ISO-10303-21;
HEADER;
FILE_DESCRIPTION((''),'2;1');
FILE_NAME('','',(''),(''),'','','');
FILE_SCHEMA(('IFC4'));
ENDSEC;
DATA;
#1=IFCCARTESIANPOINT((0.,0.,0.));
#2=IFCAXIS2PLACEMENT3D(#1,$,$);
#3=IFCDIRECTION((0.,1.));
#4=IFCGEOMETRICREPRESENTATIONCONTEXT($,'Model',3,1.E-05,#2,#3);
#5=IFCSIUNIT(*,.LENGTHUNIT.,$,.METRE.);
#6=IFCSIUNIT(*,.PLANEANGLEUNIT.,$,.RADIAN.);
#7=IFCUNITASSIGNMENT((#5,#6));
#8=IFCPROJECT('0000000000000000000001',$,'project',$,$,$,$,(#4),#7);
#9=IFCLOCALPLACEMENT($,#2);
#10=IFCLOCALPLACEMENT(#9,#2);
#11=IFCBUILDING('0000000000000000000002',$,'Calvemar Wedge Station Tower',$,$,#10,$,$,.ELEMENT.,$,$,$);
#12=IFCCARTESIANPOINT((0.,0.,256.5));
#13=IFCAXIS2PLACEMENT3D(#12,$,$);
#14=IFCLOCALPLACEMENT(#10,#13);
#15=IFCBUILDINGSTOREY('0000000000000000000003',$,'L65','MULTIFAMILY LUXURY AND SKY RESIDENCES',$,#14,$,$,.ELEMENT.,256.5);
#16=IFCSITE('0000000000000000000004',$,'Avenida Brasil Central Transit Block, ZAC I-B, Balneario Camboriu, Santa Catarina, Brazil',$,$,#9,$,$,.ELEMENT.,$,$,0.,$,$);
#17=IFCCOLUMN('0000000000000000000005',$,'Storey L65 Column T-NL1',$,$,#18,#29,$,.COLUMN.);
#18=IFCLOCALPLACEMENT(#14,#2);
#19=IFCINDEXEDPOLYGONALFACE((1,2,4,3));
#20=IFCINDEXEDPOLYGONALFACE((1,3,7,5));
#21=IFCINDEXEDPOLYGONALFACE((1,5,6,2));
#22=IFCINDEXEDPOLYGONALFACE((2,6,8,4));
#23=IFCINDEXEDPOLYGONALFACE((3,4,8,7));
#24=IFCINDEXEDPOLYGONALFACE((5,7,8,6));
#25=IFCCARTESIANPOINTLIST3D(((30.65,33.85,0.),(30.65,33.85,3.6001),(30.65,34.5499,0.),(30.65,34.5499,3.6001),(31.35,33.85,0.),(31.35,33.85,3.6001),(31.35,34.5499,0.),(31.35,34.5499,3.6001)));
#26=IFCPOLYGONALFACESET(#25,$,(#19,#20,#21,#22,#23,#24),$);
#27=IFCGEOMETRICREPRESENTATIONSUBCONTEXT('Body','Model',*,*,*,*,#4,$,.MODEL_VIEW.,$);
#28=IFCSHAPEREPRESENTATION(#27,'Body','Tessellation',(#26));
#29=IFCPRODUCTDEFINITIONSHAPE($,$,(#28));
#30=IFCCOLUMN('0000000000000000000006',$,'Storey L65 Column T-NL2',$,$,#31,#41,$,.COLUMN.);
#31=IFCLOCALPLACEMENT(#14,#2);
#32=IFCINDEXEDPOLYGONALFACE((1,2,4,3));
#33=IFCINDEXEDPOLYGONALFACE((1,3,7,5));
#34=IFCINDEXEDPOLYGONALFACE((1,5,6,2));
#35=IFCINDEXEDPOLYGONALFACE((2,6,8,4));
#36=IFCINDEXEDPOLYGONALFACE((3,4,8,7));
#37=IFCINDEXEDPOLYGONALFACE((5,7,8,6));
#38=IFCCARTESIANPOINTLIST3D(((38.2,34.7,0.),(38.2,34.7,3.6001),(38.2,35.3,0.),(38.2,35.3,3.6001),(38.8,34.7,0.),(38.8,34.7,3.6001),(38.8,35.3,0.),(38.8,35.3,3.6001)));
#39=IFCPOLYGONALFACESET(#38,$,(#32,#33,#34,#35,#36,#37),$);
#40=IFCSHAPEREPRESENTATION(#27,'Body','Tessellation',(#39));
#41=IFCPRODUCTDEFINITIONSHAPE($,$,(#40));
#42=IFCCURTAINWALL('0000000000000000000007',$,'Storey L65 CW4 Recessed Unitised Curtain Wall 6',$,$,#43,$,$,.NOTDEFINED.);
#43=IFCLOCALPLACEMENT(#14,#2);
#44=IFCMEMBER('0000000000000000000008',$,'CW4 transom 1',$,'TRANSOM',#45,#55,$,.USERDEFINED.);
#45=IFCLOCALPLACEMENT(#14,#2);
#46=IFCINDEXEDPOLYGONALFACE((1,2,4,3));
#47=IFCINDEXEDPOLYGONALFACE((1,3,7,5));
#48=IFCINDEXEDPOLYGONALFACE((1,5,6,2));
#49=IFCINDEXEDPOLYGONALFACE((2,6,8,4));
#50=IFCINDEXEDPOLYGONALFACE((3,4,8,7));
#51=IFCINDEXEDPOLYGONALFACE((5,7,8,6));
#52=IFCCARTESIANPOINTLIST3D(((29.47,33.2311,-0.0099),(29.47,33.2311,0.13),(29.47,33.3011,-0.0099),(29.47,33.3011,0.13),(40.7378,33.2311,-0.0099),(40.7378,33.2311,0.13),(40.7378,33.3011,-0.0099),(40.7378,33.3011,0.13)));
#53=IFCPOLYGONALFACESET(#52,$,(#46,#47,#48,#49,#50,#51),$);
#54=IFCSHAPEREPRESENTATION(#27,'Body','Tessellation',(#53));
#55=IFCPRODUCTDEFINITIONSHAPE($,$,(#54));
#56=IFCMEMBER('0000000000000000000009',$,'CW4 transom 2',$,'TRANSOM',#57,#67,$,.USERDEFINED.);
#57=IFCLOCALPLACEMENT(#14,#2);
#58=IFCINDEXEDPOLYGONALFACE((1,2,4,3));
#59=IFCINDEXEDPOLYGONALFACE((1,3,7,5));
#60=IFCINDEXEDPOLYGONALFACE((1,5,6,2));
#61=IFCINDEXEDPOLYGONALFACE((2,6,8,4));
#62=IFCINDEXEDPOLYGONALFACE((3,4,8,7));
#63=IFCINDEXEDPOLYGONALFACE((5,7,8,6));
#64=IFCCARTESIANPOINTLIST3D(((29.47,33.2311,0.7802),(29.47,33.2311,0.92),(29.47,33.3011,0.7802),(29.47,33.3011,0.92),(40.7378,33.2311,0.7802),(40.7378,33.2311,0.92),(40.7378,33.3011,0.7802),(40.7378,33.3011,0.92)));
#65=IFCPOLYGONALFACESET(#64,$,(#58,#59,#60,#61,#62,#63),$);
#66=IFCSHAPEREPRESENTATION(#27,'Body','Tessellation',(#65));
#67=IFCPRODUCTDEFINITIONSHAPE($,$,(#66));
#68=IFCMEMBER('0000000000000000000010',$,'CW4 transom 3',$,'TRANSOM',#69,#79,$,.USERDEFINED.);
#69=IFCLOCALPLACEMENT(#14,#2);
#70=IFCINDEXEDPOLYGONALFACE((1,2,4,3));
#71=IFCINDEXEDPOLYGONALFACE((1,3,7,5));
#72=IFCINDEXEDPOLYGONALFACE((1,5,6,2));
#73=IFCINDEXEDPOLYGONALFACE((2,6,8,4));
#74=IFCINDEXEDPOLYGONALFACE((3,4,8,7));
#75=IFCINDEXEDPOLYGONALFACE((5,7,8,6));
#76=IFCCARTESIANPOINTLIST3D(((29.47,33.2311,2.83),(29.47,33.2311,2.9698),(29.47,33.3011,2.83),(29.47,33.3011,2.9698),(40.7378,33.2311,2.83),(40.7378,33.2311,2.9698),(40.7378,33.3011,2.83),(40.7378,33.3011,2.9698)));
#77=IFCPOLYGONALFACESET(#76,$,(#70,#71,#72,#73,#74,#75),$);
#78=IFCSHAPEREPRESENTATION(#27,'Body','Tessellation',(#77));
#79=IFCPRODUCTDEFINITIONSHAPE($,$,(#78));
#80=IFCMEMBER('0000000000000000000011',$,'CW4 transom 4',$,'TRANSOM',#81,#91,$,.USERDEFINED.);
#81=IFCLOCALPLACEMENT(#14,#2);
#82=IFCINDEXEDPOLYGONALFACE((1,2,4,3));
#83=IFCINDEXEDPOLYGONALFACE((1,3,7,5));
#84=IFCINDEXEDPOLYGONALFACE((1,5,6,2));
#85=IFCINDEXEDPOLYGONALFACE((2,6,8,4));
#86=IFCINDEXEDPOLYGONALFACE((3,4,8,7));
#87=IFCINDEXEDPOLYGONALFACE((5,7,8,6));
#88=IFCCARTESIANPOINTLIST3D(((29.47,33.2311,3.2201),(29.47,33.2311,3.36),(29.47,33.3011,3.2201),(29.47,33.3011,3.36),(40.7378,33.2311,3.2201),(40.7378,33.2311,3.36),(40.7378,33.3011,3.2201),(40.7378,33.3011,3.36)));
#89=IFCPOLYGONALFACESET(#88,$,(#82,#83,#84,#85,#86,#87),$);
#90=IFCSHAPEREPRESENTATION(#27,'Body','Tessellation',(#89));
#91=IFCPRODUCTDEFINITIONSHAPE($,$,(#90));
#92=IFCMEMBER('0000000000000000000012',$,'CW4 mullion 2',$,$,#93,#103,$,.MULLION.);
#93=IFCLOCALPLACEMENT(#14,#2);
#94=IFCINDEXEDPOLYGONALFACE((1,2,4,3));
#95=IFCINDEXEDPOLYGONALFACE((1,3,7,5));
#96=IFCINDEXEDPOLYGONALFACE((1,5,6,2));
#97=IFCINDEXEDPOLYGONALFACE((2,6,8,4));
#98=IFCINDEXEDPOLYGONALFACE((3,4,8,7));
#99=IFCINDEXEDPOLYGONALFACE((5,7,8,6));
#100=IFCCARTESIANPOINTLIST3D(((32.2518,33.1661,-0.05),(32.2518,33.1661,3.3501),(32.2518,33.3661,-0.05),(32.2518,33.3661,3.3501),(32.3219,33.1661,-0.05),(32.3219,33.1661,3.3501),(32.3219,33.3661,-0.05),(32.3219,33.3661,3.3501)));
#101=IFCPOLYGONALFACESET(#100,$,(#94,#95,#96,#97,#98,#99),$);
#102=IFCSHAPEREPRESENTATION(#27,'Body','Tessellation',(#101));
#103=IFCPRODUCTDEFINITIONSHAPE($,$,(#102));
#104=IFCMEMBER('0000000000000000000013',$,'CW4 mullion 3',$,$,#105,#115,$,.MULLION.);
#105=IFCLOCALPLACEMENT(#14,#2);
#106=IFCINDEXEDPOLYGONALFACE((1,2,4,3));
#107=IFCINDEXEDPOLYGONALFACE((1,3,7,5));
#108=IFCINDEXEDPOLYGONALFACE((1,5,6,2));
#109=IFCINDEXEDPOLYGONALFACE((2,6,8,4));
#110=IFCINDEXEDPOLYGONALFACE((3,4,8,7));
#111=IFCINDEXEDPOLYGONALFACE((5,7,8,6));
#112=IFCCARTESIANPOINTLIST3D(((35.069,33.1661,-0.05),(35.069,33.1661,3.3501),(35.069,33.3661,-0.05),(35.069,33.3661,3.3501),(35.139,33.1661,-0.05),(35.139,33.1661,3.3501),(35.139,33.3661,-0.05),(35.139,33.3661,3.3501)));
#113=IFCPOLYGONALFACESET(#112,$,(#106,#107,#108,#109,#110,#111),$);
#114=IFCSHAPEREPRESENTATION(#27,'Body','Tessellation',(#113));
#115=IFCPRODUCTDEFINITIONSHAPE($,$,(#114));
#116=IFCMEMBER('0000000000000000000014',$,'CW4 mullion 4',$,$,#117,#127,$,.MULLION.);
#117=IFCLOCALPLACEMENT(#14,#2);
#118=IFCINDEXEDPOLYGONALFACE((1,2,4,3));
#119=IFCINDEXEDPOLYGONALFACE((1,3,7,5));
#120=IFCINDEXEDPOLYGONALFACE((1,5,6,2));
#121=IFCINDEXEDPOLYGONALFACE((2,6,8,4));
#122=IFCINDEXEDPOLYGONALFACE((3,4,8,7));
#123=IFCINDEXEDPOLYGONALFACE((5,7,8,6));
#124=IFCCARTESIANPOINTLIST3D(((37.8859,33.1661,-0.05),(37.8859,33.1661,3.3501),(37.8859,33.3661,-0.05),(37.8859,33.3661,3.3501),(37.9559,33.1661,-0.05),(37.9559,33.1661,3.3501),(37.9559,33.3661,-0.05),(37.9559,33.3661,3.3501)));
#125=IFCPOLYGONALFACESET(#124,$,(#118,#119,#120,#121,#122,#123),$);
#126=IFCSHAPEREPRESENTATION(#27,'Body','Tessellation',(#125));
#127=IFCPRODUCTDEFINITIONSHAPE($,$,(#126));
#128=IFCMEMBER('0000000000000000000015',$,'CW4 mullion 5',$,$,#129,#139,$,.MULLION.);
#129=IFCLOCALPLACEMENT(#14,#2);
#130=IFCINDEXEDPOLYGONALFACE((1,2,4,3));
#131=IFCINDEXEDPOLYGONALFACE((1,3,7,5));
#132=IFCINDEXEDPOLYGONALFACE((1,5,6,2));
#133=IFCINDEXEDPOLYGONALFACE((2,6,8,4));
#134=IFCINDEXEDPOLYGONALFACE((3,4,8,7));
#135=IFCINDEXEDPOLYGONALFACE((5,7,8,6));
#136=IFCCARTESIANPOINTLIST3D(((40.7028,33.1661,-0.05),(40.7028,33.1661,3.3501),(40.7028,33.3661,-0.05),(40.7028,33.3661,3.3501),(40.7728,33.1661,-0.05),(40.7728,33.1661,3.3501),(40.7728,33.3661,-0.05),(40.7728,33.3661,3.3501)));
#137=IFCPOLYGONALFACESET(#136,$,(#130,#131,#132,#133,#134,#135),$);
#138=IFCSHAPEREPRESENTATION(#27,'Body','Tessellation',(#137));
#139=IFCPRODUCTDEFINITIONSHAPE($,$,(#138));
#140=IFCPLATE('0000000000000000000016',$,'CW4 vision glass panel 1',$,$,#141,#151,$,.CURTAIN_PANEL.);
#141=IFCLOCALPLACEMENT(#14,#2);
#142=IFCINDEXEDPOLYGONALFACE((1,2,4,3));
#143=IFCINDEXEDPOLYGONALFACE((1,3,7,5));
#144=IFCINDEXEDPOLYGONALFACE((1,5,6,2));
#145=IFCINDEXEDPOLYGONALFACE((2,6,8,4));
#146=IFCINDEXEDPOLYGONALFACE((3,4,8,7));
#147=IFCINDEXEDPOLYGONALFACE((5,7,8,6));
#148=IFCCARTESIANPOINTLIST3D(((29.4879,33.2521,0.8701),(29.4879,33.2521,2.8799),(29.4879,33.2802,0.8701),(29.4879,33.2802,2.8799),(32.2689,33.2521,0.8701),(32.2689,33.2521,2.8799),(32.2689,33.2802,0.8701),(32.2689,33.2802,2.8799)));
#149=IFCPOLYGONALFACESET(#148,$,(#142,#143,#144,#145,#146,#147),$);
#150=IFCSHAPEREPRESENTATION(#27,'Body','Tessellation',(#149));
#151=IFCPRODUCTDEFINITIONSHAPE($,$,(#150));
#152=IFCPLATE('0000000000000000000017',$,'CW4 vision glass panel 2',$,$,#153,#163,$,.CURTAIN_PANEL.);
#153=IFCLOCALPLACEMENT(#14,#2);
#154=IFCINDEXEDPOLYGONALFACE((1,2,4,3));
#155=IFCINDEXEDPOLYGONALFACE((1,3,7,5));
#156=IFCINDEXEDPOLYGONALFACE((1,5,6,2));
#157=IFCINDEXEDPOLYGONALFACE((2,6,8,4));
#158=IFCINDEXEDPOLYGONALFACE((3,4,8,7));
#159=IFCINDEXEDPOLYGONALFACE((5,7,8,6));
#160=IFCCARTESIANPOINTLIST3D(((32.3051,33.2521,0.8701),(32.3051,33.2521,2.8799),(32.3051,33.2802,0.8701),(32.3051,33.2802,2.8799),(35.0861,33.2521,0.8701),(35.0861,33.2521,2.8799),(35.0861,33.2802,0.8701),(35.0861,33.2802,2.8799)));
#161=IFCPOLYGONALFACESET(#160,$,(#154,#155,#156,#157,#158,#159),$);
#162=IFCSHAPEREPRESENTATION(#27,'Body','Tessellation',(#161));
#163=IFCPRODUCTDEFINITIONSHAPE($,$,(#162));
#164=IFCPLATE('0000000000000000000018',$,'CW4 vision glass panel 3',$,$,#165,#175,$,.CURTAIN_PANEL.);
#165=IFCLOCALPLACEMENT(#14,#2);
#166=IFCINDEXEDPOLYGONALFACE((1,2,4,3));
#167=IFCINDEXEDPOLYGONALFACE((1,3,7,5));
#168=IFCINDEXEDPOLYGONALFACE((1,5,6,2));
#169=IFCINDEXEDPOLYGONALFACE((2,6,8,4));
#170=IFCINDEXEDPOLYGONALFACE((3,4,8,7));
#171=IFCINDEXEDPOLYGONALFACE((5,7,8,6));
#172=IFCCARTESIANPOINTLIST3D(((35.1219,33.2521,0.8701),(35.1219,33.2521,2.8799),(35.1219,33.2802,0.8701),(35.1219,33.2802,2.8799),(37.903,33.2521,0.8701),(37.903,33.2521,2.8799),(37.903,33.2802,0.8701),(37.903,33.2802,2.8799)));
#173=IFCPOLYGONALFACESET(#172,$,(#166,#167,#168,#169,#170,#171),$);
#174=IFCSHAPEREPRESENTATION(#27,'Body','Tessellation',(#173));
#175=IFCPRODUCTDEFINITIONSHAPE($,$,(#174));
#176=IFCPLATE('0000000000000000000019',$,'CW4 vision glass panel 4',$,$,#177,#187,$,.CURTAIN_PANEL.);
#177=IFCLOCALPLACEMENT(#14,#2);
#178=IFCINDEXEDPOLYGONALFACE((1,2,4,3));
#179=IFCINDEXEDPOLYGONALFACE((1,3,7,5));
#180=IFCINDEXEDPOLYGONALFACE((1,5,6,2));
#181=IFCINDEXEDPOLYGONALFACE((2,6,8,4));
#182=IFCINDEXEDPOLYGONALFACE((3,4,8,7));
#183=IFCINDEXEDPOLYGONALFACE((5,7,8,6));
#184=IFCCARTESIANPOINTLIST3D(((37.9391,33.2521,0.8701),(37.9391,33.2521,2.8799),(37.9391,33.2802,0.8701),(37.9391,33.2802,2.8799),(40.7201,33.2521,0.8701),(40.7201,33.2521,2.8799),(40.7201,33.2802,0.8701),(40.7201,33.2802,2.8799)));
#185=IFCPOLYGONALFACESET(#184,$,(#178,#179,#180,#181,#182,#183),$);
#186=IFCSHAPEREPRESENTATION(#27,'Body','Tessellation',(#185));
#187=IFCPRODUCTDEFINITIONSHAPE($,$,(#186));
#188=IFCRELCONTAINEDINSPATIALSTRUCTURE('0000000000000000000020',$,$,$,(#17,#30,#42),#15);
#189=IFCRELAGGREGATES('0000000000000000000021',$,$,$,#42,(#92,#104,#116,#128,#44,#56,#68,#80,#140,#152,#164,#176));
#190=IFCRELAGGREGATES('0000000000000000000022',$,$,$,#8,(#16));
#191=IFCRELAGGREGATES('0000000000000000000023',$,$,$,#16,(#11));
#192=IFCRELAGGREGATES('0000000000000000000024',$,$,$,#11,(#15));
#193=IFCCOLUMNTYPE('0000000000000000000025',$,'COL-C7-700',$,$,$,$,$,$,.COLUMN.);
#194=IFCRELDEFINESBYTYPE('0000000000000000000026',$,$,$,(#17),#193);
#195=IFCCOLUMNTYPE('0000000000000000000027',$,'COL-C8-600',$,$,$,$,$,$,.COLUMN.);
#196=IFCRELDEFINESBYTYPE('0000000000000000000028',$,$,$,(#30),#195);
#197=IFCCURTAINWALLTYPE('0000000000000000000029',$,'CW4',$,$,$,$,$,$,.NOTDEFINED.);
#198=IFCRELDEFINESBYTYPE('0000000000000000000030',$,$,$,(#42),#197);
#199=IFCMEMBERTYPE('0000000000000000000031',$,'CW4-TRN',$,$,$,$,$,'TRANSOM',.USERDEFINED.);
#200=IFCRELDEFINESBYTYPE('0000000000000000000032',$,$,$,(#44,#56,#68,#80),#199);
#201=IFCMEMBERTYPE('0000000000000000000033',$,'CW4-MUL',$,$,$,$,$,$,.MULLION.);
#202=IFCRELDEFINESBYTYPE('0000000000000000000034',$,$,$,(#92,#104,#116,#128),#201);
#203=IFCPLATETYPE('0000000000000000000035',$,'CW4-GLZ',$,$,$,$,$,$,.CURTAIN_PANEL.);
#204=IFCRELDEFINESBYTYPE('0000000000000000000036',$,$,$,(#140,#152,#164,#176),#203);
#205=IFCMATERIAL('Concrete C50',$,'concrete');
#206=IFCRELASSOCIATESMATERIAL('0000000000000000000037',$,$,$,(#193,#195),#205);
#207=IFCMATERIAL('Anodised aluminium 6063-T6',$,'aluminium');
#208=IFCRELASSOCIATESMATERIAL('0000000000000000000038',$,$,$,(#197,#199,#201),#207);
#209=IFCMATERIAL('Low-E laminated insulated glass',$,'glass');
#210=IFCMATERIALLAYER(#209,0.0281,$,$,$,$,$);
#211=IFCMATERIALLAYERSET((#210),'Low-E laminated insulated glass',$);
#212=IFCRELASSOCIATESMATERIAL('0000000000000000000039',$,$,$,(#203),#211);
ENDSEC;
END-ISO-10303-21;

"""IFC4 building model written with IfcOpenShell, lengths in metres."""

from ifc_helpers import new_model, si_unit, direction, frame, frame_2d, origin, origin_2d, place, context, subcontext, project, spatial, rectangle, extrude, source, transform, mapped, material, layer, layer_set, material_profile, profile_set, type_object, element, aggregate, save


model = new_model("IFC4")

# Units and contexts
model_context = context("Model", 3, precision=1e-05, world=origin(), true_north=direction((0.0, 1.0)))
body_context = subcontext(model_context, "Body", "Model", "MODEL_VIEW")
ifc_project = project(units=[si_unit("LENGTHUNIT", "METRE"), si_unit("PLANEANGLEUNIT", "RADIAN")], contexts=[model_context])

# Site, building, storey
site_placement = place(None, origin())
site = spatial("IfcSite", under=ifc_project, at=site_placement, Name="Avenida Brasil Central Transit Block, ZAC I-B, Balneario Camboriu, Santa Catarina, Brazil", CompositionType="ELEMENT", RefElevation=0.0)
building_placement = place(site_placement, origin())
building = spatial("IfcBuilding", under=site, at=building_placement, Name="Calvemar Wedge Station Tower", CompositionType="ELEMENT")
storey_placement = place(building_placement, frame((0.0, 0.0, 256.5)))
storey = spatial("IfcBuildingStorey", under=building, at=storey_placement, Name="L65", Description="MULTIFAMILY LUXURY AND SKY RESIDENCES", CompositionType="ELEMENT", Elevation=256.5)

# Columns
ifc_material_1 = material(Name="Concrete C50", Category="concrete")
ifc_material_profile_1 = material_profile(ifc_material_1, rectangle(XDim=0.7, YDim=0.7, at=origin_2d()), Name="RC700x700")
ifc_profile_set_1 = profile_set([ifc_material_profile_1], Name="Concrete C50")
column_type_1 = type_object("IfcColumnType", Name="COL-C7-700", PredefinedType="COLUMN", material=ifc_profile_set_1)
shared_shape_1 = source(origin(), body_context, "Body", "SweptSolid", [
    extrude(rectangle(XDim=0.7, YDim=0.7, at=origin_2d()), origin(), (0.0, 0.0, 1.0), 3.6001),
])
column_1_placement = place(storey_placement, frame((31.0, 34.2, 0.0), z_axis=(0.0, 0.0, 1.0), x_axis=(1.0, 0.0, 0.0)))
element("IfcColumn", 1, at=column_1_placement, inside=storey, type_object=column_type_1, Name="Storey L65 Column T-NL1", PredefinedType="COLUMN", context=body_context, shape_type="MappedRepresentation", body=[
    mapped(shared_shape_1, transform((0.0, 0.0, 0.0), scale=1.0)),
])
ifc_material_profile_2 = material_profile(ifc_material_1, rectangle(XDim=0.6001, YDim=0.6001, at=origin_2d()), Name="RC600x600")
ifc_profile_set_2 = profile_set([ifc_material_profile_2], Name="Concrete C50")
column_type_2 = type_object("IfcColumnType", Name="COL-C8-600", PredefinedType="COLUMN", material=ifc_profile_set_2)
shared_shape_2 = source(origin(), body_context, "Body", "SweptSolid", [
    extrude(rectangle(XDim=0.6001, YDim=0.6001, at=origin_2d()), origin(), (0.0, 0.0, 1.0), 3.6001),
])
column_2_placement = place(storey_placement, frame((38.5, 35.0, 0.0), z_axis=(0.0, 0.0, 1.0), x_axis=(1.0, 0.0, 0.0)))
element("IfcColumn", 2, at=column_2_placement, inside=storey, type_object=column_type_2, Name="Storey L65 Column T-NL2", PredefinedType="COLUMN", context=body_context, shape_type="MappedRepresentation", body=[
    mapped(shared_shape_2, transform((0.0, 0.0, 0.0), scale=1.0)),
])

# Curtain wall, members, plates
ifc_material_2 = material(Name="Anodised aluminium 6063-T6", Category="aluminium")
curtain_wall_type = type_object("IfcCurtainWallType", Name="CW4", PredefinedType="NOTDEFINED", material=ifc_material_2)
curtain_wall_placement = place(storey_placement, origin())
curtain_wall = element("IfcCurtainWall", 3, at=curtain_wall_placement, inside=storey, type_object=curtain_wall_type, Name="Storey L65 CW4 Recessed Unitised Curtain Wall 6", PredefinedType="NOTDEFINED")
ifc_material_profile_3 = material_profile(ifc_material_2, rectangle(XDim=0.0701, YDim=0.1399, at=origin_2d()), Name="AL-TRN-70x140")
ifc_profile_set_3 = profile_set([ifc_material_profile_3], Name="Anodised aluminium 6063-T6")
member_type_1 = type_object("IfcMemberType", Name="CW4-TRN", ElementType="TRANSOM", PredefinedType="USERDEFINED", material=ifc_profile_set_3)
shared_shape_3 = source(origin(), body_context, "Body", "SweptSolid", [
    extrude(rectangle(XDim=0.0701, YDim=0.1399, at=origin_2d()), origin(), (0.0, 0.0, 1.0), 11.2678),
])
member_1_placement = place(storey_placement, frame((29.47, 33.2661, 0.0601), z_axis=(1.0, 0.0, 0.0), x_axis=(0.0, 1.0, 0.0)))
member_1 = element("IfcMember", 4, at=member_1_placement, type_object=member_type_1, Name="CW4 transom 1", ObjectType="TRANSOM", PredefinedType="USERDEFINED", context=body_context, shape_type="MappedRepresentation", body=[
    mapped(shared_shape_3, transform((0.0, 0.0, 0.0), scale=1.0)),
])
member_2_placement = place(storey_placement, frame((29.47, 33.2661, 0.8501), z_axis=(1.0, 0.0, 0.0), x_axis=(0.0, 1.0, 0.0)))
member_2 = element("IfcMember", 5, at=member_2_placement, type_object=member_type_1, Name="CW4 transom 2", ObjectType="TRANSOM", PredefinedType="USERDEFINED", context=body_context, shape_type="MappedRepresentation", body=[
    mapped(shared_shape_3, transform((0.0, 0.0, 0.0), scale=1.0)),
])
member_3_placement = place(storey_placement, frame((29.47, 33.2661, 2.8999), z_axis=(1.0, 0.0, 0.0), x_axis=(0.0, 1.0, 0.0)))
member_3 = element("IfcMember", 6, at=member_3_placement, type_object=member_type_1, Name="CW4 transom 3", ObjectType="TRANSOM", PredefinedType="USERDEFINED", context=body_context, shape_type="MappedRepresentation", body=[
    mapped(shared_shape_3, transform((0.0, 0.0, 0.0), scale=1.0)),
])
member_4_placement = place(storey_placement, frame((29.47, 33.2661, 3.29), z_axis=(1.0, 0.0, 0.0), x_axis=(0.0, 1.0, 0.0)))
member_4 = element("IfcMember", 7, at=member_4_placement, type_object=member_type_1, Name="CW4 transom 4", ObjectType="TRANSOM", PredefinedType="USERDEFINED", context=body_context, shape_type="MappedRepresentation", body=[
    mapped(shared_shape_3, transform((0.0, 0.0, 0.0), scale=1.0)),
])
ifc_material_profile_4 = material_profile(ifc_material_2, rectangle(XDim=0.0701, YDim=0.2, at=origin_2d()), Name="AL-MUL-70x200")
ifc_profile_set_4 = profile_set([ifc_material_profile_4], Name="Anodised aluminium 6063-T6")
member_type_2 = type_object("IfcMemberType", Name="CW4-MUL", PredefinedType="MULLION", material=ifc_profile_set_4)
shared_shape_4 = source(origin(), body_context, "Body", "SweptSolid", [
    extrude(rectangle(XDim=0.0701, YDim=0.2, at=origin_2d()), origin(), (0.0, 0.0, 1.0), 3.4001),
])
member_5_placement = place(storey_placement, frame((32.2869, 33.2661, -0.05), z_axis=(0.0, 0.0, 1.0), x_axis=(1.0, 0.0, 0.0)))
member_5 = element("IfcMember", 8, at=member_5_placement, type_object=member_type_2, Name="CW4 mullion 2", PredefinedType="MULLION", context=body_context, shape_type="MappedRepresentation", body=[
    mapped(shared_shape_4, transform((0.0, 0.0, 0.0), scale=1.0)),
])
member_6_placement = place(storey_placement, frame((35.104, 33.2661, -0.05), z_axis=(0.0, 0.0, 1.0), x_axis=(1.0, 0.0, 0.0)))
member_6 = element("IfcMember", 9, at=member_6_placement, type_object=member_type_2, Name="CW4 mullion 3", PredefinedType="MULLION", context=body_context, shape_type="MappedRepresentation", body=[
    mapped(shared_shape_4, transform((0.0, 0.0, 0.0), scale=1.0)),
])
member_7_placement = place(storey_placement, frame((37.9209, 33.2661, -0.05), z_axis=(0.0, 0.0, 1.0), x_axis=(1.0, 0.0, 0.0)))
member_7 = element("IfcMember", 10, at=member_7_placement, type_object=member_type_2, Name="CW4 mullion 4", PredefinedType="MULLION", context=body_context, shape_type="MappedRepresentation", body=[
    mapped(shared_shape_4, transform((0.0, 0.0, 0.0), scale=1.0)),
])
member_8_placement = place(storey_placement, frame((40.7378, 33.2661, -0.05), z_axis=(0.0, 0.0, 1.0), x_axis=(1.0, 0.0, 0.0)))
member_8 = element("IfcMember", 11, at=member_8_placement, type_object=member_type_2, Name="CW4 mullion 5", PredefinedType="MULLION", context=body_context, shape_type="MappedRepresentation", body=[
    mapped(shared_shape_4, transform((0.0, 0.0, 0.0), scale=1.0)),
])
ifc_material_3 = material(Name="Low-E laminated insulated glass", Category="glass")
ifc_layer_1 = layer(ifc_material_3, 0.0281)
ifc_layer_set_1 = layer_set([ifc_layer_1], Name="Low-E laminated insulated glass")
plate_type_1 = type_object("IfcPlateType", Name="CW4-GLZ", PredefinedType="CURTAIN_PANEL", material=ifc_layer_set_1)
plate_1_placement = place(storey_placement, frame((29.4878, 33.2661, 0.8701), z_axis=(0.0, 0.0, 1.0), x_axis=(1.0, 0.0, 0.0)))
plate_1 = element("IfcPlate", 12, at=plate_1_placement, type_object=plate_type_1, Name="CW4 vision glass panel 1", PredefinedType="CURTAIN_PANEL", context=body_context, shape_type="SweptSolid", body=[
    extrude(rectangle(XDim=2.781, YDim=0.0281, at=frame_2d((1.3906, 0.0))), origin(), (0.0, 0.0, 1.0), 2.0098),
])
plate_2_placement = place(storey_placement, frame((32.3049, 33.2661, 0.8701), z_axis=(0.0, 0.0, 1.0), x_axis=(1.0, 0.0, 0.0)))
plate_2 = element("IfcPlate", 13, at=plate_2_placement, type_object=plate_type_1, Name="CW4 vision glass panel 2", PredefinedType="CURTAIN_PANEL", context=body_context, shape_type="SweptSolid", body=[
    extrude(rectangle(XDim=2.781, YDim=0.0281, at=frame_2d((1.3906, 0.0))), origin(), (0.0, 0.0, 1.0), 2.0098),
])
plate_3_placement = place(storey_placement, frame((35.1218, 33.2661, 0.8701), z_axis=(0.0, 0.0, 1.0), x_axis=(1.0, 0.0, 0.0)))
plate_3 = element("IfcPlate", 14, at=plate_3_placement, type_object=plate_type_1, Name="CW4 vision glass panel 3", PredefinedType="CURTAIN_PANEL", context=body_context, shape_type="SweptSolid", body=[
    extrude(rectangle(XDim=2.781, YDim=0.0281, at=frame_2d((1.3906, 0.0))), origin(), (0.0, 0.0, 1.0), 2.0098),
])
plate_4_placement = place(storey_placement, frame((37.939, 33.2661, 0.8701), z_axis=(0.0, 0.0, 1.0), x_axis=(1.0, 0.0, 0.0)))
plate_4 = element("IfcPlate", 15, at=plate_4_placement, type_object=plate_type_1, Name="CW4 vision glass panel 4", PredefinedType="CURTAIN_PANEL", context=body_context, shape_type="SweptSolid", body=[
    extrude(rectangle(XDim=2.781, YDim=0.0281, at=frame_2d((1.3906, 0.0))), origin(), (0.0, 0.0, 1.0), 2.0098),
])
aggregate(curtain_wall, [member_5, member_6, member_7, member_8, member_1, member_2, member_3, member_4, plate_1, plate_2, plate_3, plate_4])

save(model, "model.ifc")
